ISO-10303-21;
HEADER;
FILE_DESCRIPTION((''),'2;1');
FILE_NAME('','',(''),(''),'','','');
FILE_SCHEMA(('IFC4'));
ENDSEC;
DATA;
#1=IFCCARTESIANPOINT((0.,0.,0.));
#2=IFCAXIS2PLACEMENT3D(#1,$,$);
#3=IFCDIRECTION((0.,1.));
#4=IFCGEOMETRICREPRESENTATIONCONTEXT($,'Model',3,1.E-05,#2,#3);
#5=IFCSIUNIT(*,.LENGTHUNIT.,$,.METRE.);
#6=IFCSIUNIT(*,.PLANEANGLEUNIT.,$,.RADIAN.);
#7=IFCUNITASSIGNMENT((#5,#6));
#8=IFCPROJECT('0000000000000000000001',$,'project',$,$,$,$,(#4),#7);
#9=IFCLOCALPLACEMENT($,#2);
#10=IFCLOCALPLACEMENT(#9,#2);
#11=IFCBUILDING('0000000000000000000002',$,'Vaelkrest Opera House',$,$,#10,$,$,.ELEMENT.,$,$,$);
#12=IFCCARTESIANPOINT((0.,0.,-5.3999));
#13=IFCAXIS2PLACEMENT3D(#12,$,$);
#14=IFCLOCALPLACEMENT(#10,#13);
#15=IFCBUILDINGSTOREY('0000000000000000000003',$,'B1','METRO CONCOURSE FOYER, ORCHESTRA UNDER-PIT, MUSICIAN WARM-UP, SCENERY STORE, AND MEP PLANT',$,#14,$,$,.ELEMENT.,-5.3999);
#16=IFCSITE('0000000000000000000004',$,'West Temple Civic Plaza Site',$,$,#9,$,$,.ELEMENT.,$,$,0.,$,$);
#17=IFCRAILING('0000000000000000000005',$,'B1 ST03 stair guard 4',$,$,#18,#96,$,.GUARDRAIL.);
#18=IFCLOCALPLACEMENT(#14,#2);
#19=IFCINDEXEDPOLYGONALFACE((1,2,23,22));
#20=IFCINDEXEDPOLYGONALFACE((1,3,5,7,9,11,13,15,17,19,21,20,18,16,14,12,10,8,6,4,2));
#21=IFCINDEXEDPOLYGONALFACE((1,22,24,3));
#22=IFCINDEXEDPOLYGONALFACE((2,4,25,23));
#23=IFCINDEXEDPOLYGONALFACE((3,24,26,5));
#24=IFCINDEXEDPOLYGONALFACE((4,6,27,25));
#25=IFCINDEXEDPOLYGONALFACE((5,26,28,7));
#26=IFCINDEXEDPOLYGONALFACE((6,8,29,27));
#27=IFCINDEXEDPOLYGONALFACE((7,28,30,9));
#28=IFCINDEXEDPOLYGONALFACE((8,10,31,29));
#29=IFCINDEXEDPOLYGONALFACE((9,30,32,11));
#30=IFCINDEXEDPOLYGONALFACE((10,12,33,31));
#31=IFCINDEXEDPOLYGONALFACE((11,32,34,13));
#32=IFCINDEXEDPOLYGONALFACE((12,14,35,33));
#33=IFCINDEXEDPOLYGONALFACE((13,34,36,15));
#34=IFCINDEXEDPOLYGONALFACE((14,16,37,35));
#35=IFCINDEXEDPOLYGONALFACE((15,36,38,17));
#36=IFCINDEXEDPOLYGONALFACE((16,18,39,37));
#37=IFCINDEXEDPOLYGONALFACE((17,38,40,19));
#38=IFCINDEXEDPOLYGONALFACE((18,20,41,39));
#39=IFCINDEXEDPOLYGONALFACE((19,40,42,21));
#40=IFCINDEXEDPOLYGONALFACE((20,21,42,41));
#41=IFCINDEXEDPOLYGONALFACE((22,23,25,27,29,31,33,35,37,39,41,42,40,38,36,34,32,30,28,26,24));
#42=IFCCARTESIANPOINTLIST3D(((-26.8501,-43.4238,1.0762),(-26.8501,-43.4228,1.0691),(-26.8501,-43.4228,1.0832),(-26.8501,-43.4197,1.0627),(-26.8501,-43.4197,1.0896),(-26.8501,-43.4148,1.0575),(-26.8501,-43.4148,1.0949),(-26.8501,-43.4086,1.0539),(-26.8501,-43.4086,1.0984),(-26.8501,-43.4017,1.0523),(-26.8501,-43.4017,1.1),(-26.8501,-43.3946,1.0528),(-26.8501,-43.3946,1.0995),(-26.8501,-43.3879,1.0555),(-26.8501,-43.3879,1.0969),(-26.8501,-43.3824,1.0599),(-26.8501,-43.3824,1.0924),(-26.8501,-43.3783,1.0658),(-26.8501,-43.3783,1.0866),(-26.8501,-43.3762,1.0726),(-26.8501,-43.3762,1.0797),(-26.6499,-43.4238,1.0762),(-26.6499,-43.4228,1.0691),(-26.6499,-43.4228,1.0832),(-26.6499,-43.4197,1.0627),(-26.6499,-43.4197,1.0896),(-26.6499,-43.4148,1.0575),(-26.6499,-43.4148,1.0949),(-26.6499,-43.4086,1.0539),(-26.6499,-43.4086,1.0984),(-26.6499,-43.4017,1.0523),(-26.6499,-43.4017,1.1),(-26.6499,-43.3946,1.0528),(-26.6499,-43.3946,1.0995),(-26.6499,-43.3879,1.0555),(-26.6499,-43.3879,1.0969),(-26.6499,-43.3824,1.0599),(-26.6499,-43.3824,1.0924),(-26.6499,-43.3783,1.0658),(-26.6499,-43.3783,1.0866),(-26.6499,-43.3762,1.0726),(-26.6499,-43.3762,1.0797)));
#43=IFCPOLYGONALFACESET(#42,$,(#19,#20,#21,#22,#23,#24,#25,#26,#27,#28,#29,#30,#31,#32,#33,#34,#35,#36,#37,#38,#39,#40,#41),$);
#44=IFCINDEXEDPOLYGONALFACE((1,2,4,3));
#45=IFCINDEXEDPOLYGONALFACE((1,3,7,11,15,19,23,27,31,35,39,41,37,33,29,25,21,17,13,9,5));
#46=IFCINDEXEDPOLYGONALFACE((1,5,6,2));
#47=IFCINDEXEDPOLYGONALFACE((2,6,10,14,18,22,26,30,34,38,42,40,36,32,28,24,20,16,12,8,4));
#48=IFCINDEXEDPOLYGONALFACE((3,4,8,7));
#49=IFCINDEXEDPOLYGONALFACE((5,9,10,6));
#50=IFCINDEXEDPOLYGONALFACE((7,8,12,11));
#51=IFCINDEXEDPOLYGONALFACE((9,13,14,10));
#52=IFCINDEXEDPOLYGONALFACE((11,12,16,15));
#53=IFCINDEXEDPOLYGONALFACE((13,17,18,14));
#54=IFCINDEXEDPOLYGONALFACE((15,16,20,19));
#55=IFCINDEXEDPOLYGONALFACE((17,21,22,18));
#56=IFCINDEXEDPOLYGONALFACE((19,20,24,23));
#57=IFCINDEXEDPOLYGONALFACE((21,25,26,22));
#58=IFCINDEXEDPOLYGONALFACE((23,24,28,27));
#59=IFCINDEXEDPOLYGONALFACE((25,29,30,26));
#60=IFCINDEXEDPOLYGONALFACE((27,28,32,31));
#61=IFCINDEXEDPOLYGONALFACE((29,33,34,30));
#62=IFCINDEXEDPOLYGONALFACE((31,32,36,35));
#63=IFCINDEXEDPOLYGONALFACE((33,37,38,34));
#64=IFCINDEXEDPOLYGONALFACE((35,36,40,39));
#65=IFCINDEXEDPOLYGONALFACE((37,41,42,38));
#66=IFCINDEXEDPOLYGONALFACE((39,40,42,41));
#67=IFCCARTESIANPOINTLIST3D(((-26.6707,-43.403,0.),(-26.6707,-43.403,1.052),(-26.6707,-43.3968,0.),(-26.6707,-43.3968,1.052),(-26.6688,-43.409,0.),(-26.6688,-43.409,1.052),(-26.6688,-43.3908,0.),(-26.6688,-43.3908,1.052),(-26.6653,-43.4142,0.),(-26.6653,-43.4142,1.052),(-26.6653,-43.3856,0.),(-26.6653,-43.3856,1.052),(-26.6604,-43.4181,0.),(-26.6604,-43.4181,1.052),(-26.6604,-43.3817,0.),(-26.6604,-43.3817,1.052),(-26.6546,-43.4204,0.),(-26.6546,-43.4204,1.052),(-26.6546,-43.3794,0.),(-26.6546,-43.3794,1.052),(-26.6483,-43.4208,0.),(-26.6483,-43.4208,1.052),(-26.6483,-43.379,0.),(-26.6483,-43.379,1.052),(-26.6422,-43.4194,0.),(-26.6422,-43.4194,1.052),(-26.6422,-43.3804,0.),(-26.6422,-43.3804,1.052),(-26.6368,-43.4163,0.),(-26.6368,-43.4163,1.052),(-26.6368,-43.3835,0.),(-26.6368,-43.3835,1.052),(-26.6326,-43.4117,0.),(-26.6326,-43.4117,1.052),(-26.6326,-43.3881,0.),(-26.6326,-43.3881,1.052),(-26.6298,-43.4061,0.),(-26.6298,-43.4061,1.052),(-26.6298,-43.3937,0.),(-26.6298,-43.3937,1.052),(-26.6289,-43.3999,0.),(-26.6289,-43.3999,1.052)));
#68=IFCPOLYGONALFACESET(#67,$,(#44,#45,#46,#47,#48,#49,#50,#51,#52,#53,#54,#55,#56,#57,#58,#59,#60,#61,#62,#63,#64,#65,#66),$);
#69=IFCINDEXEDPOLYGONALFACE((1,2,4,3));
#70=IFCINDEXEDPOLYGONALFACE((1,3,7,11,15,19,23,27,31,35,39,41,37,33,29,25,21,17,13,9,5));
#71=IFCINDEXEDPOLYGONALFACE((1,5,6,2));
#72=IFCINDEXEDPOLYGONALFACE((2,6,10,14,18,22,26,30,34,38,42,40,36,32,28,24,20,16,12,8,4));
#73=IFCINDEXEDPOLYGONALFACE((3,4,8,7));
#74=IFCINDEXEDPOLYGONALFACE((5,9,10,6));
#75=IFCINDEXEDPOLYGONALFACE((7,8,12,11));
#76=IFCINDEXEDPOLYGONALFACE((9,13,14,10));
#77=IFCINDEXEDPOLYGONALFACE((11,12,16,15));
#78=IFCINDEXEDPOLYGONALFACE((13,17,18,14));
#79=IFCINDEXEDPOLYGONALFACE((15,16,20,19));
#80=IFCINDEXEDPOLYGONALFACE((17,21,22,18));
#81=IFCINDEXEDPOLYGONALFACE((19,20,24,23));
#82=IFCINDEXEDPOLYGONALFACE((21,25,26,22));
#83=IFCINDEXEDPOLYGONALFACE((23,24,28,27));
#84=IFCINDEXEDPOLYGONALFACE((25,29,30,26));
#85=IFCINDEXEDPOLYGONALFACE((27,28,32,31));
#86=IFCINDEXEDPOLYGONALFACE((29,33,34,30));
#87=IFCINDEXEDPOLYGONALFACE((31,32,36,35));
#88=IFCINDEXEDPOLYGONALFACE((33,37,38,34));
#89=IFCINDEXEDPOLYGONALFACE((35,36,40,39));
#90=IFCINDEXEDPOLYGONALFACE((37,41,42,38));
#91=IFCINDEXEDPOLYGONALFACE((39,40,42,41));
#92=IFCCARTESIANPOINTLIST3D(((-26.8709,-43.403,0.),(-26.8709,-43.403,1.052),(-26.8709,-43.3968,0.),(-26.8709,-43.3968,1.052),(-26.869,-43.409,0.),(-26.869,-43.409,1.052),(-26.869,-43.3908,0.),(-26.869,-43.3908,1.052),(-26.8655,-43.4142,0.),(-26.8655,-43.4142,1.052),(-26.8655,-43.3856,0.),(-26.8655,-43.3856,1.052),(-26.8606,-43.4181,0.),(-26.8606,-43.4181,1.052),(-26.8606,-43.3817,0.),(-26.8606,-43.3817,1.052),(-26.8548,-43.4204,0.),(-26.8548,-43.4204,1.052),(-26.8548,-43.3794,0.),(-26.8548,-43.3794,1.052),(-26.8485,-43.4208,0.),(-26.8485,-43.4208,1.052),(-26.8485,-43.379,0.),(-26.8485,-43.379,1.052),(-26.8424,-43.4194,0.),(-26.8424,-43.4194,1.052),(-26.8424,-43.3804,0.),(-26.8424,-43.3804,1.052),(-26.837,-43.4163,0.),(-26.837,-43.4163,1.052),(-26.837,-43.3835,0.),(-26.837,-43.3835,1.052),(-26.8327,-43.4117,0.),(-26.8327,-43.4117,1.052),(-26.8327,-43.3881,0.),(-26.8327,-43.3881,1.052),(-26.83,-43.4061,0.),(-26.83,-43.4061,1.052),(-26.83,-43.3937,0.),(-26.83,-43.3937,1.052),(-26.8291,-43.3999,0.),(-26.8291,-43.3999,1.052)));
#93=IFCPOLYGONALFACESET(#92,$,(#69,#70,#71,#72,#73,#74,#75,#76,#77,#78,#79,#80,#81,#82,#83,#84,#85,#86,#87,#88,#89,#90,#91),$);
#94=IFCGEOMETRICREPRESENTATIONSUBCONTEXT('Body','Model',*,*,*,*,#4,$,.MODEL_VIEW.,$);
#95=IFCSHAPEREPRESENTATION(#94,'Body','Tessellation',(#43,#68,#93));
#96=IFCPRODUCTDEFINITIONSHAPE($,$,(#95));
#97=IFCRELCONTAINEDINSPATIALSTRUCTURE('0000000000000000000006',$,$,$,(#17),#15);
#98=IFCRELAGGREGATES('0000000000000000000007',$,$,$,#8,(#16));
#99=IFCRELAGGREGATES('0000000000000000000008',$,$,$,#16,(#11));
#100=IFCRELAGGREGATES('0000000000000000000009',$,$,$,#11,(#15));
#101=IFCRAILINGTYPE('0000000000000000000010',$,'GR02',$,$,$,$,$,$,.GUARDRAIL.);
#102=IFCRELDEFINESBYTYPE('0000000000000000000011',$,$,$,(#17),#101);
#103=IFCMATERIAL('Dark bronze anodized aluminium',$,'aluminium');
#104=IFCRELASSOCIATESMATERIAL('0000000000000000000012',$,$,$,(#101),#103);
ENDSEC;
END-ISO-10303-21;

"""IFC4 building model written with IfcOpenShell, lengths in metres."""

from ifc_helpers import new_model, si_unit, direction, frame, origin, origin_2d, place, context, subcontext, project, spatial, circle, extrude, material, type_object, element, save


model = new_model("IFC4")

# Units and contexts
model_context = context("Model", 3, precision=1e-05, world=origin(), true_north=direction((0.0, 1.0)))
body_context = subcontext(model_context, "Body", "Model", "MODEL_VIEW")
ifc_project = project(units=[si_unit("LENGTHUNIT", "METRE"), si_unit("PLANEANGLEUNIT", "RADIAN")], contexts=[model_context])

# Site, building, storey
site_placement = place(None, origin())
site = spatial("IfcSite", under=ifc_project, at=site_placement, Name="West Temple Civic Plaza Site", CompositionType="ELEMENT", RefElevation=0.0)
building_placement = place(site_placement, origin())
building = spatial("IfcBuilding", under=site, at=building_placement, Name="Vaelkrest Opera House", CompositionType="ELEMENT")
storey_placement = place(building_placement, frame((0.0, 0.0, -5.3999)))
storey = spatial("IfcBuildingStorey", under=building, at=storey_placement, Name="B1", Description="METRO CONCOURSE FOYER, ORCHESTRA UNDER-PIT, MUSICIAN WARM-UP, SCENERY STORE, AND MEP PLANT", CompositionType="ELEMENT", Elevation=-5.3999)

# Shared definitions
ifc_material_1 = material(Name="Dark bronze anodized aluminium", Category="aluminium")

# Railing
railing_type_1 = type_object("IfcRailingType", Name="GR02", PredefinedType="GUARDRAIL", material=ifc_material_1)
railing_1_placement = place(storey_placement, frame((-26.6499, -43.3999, 0.0)))
element("IfcRailing", 1, at=railing_1_placement, inside=storey, type_object=railing_type_1, Name="B1 ST03 stair guard 4", PredefinedType="GUARDRAIL", context=body_context, shape_type="SweptSolid", body=[
    extrude(circle(Radius=0.0239, at=origin_2d()), frame((0.0, 0.0, 1.0762), z_axis=(-1.0, 0.0, 0.0), x_axis=(0.0, -1.0, 0.0)), (0.0, 0.0, 1.0), 0.2002),
    extrude(circle(Radius=0.021, at=origin_2d()), origin(), (0.0, 0.0, 1.0), 1.052),
    extrude(circle(Radius=0.021, at=origin_2d()), frame((-0.2002, 0.0, 0.0)), (0.0, 0.0, 1.0), 1.052),
])

save(model, "model.ifc")
